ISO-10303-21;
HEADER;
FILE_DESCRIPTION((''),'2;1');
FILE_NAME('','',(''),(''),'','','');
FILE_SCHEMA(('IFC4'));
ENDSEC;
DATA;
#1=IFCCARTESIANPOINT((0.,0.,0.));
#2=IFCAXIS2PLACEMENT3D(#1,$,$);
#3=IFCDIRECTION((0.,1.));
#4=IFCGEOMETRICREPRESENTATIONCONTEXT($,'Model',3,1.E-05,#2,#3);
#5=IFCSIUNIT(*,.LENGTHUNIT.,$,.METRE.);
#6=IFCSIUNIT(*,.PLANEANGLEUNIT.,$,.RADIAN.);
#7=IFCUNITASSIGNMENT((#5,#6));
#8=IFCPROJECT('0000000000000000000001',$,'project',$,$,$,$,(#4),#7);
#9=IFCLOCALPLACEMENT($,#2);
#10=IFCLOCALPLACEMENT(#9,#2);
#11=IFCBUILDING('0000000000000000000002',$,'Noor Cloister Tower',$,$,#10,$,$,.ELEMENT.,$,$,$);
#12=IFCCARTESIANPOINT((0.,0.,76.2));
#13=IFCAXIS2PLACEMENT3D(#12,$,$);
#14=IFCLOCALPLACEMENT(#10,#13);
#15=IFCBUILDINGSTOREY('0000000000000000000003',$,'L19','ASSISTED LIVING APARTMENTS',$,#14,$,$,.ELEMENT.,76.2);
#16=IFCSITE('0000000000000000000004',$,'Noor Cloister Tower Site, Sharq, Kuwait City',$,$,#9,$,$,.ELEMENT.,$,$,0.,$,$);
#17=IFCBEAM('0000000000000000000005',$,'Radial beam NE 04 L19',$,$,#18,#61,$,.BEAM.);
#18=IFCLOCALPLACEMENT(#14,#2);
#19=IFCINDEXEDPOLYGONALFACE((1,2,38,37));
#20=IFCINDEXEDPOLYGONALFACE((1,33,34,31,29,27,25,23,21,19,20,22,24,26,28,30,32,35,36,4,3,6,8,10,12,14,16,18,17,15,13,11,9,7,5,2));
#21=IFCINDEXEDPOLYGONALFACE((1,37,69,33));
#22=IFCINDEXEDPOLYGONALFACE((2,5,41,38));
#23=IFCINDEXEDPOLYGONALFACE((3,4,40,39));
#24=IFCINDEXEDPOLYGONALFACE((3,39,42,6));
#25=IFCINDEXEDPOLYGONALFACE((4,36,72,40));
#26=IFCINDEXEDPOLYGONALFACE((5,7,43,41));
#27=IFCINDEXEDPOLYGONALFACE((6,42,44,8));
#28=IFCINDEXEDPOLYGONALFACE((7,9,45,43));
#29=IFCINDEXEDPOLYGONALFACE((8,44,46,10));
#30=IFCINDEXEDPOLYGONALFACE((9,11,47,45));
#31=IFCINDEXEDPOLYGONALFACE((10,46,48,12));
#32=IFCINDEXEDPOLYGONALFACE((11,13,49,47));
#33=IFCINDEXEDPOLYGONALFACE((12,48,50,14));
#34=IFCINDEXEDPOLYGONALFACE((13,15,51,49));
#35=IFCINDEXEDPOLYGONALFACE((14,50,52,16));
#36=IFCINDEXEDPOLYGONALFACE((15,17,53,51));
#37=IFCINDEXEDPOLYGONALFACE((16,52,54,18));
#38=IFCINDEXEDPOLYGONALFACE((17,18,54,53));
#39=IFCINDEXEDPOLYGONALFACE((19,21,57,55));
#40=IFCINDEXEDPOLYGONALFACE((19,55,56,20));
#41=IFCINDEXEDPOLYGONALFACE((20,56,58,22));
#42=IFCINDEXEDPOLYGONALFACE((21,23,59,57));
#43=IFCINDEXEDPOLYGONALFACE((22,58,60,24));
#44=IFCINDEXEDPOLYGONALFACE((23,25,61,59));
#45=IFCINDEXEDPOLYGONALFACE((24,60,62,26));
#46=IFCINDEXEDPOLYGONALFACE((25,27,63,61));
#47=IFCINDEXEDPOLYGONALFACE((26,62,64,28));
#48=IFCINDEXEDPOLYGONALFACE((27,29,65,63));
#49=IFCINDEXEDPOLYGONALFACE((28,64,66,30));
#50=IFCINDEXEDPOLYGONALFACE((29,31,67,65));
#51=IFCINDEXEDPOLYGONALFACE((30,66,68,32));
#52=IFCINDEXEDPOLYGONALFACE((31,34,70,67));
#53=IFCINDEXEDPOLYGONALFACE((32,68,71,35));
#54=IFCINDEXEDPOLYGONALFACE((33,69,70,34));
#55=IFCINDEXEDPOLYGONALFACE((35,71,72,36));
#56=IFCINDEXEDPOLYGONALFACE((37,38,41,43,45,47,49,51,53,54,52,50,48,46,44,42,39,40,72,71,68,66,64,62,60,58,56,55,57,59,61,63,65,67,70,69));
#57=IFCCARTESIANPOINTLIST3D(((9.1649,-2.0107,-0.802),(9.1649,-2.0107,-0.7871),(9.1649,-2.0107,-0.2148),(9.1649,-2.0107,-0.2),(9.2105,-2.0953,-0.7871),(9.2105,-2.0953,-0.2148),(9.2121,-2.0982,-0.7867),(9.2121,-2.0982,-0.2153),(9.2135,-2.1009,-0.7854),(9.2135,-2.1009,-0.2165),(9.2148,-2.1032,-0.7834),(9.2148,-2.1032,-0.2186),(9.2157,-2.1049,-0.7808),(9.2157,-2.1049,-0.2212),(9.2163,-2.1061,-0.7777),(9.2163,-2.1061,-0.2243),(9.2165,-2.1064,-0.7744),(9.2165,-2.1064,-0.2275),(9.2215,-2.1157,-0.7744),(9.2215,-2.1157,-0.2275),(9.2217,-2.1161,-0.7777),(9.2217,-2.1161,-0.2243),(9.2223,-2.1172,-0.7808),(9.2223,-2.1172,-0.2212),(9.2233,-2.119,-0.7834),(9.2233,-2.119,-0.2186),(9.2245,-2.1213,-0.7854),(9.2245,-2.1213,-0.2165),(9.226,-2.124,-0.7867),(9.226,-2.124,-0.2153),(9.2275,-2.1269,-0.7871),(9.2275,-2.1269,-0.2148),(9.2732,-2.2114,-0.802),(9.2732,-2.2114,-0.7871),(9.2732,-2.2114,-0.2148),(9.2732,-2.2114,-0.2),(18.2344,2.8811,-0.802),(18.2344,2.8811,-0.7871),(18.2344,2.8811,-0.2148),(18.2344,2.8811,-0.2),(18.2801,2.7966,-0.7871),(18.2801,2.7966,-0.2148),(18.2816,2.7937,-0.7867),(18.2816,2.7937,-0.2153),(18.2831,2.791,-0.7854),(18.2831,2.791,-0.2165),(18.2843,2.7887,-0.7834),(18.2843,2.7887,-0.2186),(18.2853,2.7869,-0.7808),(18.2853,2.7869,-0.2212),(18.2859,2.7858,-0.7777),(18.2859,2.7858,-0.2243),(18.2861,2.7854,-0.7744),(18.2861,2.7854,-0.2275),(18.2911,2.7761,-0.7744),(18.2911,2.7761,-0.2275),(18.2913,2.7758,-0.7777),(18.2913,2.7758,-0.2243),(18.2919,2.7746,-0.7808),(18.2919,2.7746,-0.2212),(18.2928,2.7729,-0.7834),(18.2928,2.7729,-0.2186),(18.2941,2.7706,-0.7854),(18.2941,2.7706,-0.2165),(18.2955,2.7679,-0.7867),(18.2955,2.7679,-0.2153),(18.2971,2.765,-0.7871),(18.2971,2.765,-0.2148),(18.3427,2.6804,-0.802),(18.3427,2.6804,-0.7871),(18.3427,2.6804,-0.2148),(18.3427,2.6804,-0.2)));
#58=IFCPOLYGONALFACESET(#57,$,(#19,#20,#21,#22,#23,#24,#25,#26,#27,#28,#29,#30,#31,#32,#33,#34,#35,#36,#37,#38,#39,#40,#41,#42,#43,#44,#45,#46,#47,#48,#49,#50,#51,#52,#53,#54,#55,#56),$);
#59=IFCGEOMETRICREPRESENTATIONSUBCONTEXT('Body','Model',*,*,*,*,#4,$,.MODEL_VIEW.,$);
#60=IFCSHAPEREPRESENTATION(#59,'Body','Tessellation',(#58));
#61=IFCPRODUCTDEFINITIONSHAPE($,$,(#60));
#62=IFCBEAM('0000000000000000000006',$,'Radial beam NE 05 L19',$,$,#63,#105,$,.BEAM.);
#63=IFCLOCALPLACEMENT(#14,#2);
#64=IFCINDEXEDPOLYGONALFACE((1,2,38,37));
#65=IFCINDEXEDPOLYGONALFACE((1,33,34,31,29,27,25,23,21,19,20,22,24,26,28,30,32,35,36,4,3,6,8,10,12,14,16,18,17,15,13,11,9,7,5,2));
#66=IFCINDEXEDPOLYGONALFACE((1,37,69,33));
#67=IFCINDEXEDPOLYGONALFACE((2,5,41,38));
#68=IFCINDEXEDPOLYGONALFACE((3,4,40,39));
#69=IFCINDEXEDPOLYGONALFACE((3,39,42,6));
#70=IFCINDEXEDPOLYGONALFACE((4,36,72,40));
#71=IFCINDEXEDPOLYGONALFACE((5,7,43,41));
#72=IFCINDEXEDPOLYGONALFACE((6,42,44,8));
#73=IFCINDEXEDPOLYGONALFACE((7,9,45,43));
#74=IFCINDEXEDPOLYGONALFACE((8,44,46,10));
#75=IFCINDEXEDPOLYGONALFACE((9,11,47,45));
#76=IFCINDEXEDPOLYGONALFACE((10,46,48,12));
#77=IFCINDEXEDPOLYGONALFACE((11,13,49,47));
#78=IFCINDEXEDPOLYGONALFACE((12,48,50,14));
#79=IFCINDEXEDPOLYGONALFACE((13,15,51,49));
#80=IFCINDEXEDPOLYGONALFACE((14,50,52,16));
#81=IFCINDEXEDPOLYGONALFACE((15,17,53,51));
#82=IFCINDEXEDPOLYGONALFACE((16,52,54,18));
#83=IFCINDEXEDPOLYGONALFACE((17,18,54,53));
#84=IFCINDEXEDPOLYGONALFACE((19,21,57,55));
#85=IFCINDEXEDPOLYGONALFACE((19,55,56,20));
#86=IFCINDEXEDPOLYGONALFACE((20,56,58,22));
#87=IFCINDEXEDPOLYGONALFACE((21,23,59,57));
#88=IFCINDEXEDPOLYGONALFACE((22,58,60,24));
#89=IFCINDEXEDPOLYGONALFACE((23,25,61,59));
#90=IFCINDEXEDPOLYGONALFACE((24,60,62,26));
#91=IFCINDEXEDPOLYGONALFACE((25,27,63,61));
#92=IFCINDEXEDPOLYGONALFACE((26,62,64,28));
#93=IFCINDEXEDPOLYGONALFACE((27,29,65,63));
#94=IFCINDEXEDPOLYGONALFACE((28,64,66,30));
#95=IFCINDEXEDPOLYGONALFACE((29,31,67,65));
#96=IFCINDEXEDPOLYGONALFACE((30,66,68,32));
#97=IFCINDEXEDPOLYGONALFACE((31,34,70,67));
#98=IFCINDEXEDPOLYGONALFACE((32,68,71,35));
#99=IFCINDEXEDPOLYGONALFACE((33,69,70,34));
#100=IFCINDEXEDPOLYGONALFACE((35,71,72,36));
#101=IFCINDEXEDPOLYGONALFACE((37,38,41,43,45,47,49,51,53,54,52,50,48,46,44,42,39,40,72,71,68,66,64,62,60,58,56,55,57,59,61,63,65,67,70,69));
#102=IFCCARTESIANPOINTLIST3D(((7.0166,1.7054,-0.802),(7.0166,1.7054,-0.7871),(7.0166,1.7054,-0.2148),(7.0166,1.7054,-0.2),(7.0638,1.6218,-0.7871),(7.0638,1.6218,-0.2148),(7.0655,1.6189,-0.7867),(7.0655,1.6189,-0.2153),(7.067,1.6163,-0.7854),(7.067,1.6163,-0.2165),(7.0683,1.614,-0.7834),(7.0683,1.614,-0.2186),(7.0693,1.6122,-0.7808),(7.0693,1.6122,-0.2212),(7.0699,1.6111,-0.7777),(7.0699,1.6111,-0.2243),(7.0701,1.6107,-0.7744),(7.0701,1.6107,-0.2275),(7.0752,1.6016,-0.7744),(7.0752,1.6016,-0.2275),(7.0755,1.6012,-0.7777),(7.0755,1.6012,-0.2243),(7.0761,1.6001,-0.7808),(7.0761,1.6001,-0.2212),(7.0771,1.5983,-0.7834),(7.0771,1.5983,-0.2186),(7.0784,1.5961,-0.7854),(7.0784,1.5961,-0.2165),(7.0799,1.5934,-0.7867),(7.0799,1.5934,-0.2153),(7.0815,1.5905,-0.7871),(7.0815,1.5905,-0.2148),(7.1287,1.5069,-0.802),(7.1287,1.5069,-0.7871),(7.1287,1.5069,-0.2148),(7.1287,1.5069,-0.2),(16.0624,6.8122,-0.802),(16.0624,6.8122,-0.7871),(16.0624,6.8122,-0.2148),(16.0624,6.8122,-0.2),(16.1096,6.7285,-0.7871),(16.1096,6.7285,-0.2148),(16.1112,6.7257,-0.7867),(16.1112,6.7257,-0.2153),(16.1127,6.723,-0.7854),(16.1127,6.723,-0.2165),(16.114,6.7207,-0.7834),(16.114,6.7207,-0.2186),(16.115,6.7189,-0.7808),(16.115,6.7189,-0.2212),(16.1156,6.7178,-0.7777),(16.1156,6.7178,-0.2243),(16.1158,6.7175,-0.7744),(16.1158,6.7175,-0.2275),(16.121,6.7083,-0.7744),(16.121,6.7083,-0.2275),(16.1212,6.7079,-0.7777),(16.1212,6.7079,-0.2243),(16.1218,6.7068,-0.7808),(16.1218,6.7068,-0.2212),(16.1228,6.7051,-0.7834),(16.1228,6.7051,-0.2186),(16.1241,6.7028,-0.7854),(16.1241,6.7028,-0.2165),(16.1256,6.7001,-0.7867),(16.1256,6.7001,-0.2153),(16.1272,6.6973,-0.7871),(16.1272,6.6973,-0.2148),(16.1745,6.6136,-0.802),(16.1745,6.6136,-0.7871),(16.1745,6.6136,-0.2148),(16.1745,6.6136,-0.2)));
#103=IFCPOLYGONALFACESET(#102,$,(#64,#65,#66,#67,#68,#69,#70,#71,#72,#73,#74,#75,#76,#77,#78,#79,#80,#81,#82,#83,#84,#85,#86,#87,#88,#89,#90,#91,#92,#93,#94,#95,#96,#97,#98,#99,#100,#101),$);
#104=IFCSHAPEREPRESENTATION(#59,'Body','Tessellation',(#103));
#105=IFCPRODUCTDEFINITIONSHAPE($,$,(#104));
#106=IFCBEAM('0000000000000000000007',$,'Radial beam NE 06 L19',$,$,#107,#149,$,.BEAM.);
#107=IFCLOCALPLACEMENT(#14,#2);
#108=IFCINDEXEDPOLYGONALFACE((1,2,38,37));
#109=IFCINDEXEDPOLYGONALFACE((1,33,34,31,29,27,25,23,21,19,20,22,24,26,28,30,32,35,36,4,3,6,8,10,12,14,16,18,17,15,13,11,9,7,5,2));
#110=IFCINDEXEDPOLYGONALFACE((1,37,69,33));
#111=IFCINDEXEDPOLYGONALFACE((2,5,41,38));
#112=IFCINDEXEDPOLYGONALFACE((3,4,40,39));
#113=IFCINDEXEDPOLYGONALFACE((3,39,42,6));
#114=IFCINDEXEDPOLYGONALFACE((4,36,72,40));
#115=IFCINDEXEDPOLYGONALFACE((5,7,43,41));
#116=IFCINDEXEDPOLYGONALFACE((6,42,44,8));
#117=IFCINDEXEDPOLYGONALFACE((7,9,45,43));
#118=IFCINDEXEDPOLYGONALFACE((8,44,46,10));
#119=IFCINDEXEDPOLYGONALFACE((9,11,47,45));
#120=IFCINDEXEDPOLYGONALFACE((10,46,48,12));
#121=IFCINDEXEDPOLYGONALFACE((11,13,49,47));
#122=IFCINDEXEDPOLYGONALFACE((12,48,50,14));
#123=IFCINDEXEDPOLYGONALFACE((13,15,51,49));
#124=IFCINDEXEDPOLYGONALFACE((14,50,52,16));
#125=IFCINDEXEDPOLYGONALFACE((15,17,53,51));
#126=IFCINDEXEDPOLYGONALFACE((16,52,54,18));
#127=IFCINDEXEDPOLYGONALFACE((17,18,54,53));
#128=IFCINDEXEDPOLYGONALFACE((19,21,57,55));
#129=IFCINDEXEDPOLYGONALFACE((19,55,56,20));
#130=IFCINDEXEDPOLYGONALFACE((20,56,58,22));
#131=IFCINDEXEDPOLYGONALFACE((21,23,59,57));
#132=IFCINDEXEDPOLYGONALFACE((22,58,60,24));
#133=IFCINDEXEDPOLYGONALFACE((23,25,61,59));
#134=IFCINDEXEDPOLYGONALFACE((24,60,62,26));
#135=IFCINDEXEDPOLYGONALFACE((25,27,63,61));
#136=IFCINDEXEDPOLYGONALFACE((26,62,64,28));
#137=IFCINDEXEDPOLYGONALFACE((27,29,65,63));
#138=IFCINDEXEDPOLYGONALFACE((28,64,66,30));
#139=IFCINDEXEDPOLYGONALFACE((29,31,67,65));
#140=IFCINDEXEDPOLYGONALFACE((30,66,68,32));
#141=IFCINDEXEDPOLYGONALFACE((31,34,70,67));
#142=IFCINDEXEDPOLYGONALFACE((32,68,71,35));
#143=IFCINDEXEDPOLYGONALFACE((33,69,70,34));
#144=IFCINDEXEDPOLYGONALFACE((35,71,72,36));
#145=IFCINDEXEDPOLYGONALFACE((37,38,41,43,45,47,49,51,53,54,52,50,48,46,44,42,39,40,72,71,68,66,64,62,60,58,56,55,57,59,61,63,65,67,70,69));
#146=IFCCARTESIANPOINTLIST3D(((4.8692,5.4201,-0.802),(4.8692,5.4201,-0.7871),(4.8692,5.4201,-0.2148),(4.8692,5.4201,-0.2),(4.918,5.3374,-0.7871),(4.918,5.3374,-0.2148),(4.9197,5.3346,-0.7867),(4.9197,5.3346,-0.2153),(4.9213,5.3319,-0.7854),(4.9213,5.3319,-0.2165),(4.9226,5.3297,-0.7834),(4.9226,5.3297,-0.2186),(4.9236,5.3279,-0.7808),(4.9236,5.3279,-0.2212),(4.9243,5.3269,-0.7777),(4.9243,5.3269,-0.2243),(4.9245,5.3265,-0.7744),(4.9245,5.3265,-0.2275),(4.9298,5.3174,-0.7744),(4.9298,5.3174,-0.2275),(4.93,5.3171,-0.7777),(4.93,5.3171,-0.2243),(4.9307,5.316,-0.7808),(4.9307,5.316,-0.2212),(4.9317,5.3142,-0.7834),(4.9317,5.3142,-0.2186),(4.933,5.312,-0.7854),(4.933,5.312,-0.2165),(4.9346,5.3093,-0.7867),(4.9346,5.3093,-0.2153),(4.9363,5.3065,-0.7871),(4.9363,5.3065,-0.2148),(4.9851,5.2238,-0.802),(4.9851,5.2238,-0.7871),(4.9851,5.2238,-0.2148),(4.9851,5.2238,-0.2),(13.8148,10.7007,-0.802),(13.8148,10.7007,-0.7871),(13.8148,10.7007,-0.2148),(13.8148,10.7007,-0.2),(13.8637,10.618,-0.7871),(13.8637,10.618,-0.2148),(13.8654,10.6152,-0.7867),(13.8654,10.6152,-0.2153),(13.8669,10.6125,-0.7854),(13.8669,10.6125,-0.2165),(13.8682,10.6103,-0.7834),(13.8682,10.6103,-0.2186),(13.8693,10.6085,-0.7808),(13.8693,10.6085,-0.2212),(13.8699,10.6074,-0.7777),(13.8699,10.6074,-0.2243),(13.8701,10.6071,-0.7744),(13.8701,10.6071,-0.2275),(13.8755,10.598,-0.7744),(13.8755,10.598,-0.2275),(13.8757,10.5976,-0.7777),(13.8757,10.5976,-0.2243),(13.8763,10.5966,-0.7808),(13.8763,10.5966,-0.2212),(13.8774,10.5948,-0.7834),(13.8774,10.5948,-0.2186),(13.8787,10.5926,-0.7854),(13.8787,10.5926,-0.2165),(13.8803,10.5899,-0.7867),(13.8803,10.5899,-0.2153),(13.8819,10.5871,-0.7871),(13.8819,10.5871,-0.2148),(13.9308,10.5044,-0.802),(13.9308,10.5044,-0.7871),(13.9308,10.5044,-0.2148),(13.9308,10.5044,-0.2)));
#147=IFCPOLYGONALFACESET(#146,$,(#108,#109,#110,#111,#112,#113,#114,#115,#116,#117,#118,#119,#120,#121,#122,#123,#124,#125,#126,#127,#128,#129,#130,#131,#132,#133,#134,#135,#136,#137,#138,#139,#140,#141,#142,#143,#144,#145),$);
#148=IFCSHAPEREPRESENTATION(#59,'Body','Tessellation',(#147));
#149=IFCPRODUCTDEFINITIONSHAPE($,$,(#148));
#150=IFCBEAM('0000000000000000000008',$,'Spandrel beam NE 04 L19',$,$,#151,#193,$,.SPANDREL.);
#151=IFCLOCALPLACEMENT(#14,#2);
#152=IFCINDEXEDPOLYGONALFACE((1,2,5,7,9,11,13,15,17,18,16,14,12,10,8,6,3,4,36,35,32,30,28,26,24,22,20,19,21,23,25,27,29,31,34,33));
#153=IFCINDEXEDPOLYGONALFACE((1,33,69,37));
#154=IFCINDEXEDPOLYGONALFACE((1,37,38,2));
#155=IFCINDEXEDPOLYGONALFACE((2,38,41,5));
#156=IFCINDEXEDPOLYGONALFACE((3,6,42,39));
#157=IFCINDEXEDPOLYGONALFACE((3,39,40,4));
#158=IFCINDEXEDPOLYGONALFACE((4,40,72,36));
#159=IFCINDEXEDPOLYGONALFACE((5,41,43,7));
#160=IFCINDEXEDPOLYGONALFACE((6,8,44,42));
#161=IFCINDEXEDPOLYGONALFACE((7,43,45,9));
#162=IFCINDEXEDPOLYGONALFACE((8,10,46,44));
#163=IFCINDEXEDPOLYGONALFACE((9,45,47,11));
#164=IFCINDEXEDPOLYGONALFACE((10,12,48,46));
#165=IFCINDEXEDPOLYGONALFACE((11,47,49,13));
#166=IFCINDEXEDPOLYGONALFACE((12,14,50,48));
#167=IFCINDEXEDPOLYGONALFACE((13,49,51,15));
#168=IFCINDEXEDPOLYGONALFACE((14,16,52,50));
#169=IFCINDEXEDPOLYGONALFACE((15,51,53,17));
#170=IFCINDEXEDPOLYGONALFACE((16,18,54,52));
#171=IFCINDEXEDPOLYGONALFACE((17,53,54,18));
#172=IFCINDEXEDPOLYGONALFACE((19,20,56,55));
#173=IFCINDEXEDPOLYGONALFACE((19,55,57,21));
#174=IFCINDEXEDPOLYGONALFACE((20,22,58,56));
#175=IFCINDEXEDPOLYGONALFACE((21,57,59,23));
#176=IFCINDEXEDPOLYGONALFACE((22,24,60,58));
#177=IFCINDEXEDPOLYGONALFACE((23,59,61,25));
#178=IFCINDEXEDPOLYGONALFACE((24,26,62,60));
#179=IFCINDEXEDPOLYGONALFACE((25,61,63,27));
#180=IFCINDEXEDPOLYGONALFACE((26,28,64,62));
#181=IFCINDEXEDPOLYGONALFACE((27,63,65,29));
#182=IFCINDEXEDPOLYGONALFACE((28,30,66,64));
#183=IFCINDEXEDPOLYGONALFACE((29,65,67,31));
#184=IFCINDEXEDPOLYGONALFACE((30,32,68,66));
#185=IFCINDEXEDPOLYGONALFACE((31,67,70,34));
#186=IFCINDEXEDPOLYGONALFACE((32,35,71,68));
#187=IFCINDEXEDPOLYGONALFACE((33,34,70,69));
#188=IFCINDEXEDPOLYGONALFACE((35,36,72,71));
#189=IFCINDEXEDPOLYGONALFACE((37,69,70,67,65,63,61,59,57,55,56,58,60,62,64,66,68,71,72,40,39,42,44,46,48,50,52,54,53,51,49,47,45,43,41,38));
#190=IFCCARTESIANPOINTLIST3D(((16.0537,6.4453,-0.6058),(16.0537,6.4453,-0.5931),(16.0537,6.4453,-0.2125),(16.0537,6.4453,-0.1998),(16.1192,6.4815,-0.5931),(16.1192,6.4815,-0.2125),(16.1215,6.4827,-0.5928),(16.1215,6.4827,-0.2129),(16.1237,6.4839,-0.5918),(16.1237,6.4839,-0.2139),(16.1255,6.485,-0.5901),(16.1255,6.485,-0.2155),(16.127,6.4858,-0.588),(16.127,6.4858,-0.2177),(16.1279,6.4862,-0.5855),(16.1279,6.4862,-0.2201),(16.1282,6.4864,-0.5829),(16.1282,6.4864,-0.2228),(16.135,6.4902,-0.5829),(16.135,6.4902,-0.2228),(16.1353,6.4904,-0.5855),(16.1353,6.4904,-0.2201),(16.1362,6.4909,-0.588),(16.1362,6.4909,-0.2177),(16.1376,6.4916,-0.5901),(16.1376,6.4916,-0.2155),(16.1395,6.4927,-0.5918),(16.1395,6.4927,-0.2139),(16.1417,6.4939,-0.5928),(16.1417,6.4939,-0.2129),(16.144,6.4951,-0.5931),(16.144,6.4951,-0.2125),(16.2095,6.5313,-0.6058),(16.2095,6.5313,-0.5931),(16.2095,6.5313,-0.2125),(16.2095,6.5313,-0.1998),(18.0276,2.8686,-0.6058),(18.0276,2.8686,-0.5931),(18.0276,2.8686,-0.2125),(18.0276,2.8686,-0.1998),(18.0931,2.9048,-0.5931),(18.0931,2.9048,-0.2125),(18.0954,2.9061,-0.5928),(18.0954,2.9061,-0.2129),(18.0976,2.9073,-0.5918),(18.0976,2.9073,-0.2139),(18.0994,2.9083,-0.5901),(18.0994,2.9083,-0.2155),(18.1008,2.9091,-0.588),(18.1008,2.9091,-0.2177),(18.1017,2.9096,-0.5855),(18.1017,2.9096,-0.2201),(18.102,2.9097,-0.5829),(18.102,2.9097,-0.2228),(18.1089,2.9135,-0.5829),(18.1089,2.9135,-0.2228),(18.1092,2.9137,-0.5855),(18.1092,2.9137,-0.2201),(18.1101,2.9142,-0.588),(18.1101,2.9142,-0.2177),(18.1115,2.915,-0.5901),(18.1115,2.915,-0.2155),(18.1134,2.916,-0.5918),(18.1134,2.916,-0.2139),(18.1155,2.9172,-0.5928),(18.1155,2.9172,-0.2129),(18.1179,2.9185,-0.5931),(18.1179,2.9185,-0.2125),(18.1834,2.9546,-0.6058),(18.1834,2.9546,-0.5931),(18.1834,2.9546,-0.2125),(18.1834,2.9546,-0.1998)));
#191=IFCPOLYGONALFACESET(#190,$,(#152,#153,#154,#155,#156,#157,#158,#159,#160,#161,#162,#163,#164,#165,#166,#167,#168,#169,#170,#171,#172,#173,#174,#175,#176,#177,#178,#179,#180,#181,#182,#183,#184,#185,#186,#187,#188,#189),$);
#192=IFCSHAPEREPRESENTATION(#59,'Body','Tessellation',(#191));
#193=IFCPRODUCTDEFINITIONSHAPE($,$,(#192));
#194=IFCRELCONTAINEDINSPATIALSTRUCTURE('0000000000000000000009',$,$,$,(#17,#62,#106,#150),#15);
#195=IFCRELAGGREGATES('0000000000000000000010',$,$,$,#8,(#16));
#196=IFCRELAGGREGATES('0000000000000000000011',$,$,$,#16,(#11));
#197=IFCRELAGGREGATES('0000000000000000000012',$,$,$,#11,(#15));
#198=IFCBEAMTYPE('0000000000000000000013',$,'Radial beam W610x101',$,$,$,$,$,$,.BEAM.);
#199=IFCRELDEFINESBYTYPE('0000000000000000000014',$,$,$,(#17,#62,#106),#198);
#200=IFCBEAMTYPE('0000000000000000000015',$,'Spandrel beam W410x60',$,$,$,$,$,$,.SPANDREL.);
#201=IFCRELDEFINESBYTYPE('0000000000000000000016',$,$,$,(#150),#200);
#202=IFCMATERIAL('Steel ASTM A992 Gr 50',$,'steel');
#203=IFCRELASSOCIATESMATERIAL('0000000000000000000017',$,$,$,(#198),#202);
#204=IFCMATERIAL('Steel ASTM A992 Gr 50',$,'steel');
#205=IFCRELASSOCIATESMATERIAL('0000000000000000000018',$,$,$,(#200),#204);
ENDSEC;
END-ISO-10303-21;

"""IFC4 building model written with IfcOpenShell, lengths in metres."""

from ifc_helpers import new_model, si_unit, direction, frame, origin, origin_2d, place, context, subcontext, project, spatial, i_section, extrude, material, material_profile, profile_set, type_object, element, save


model = new_model("IFC4")

# Units and contexts
model_context = context("Model", 3, precision=1e-05, world=origin(), true_north=direction((0.0, 1.0)))
body_context = subcontext(model_context, "Body", "Model", "MODEL_VIEW")
ifc_project = project(units=[si_unit("LENGTHUNIT", "METRE"), si_unit("PLANEANGLEUNIT", "RADIAN")], contexts=[model_context])

# Site, building, storey
site_placement = place(None, origin())
site = spatial("IfcSite", under=ifc_project, at=site_placement, Name="Noor Cloister Tower Site, Sharq, Kuwait City", CompositionType="ELEMENT", RefElevation=0.0)
building_placement = place(site_placement, origin())
building = spatial("IfcBuilding", under=site, at=building_placement, Name="Noor Cloister Tower", CompositionType="ELEMENT")
storey_placement = place(building_placement, frame((0.0, 0.0, 76.2)))
storey = spatial("IfcBuildingStorey", under=building, at=storey_placement, Name="L19", Description="ASSISTED LIVING APARTMENTS", CompositionType="ELEMENT", Elevation=76.2)

# Beams
ifc_material_1 = material(Name="Steel ASTM A992 Gr 50", Category="steel")
ifc_material_profile_1 = material_profile(ifc_material_1, i_section(OverallWidth=0.228, OverallDepth=0.6021, WebThickness=0.0105, FlangeThickness=0.0149, FilletRadius=0.0127, at=origin_2d()), Name="W610x101")
ifc_profile_set_1 = profile_set([ifc_material_profile_1], Name="Steel ASTM A992 Gr 50")
beam_type_1 = type_object("IfcBeamType", Name="Radial beam W610x101", PredefinedType="BEAM", material=ifc_profile_set_1)
beam_1_placement = place(storey_placement, frame((18.2886, 2.7808, -0.501), z_axis=(-0.880138, -0.474719, 0.0), x_axis=(0.474719, -0.880138, 0.0)))
element("IfcBeam", 1, at=beam_1_placement, inside=storey, type_object=beam_type_1, Name="Radial beam NE 04 L19", PredefinedType="BEAM", context=body_context, shape_type="SweptSolid", body=[
    extrude(i_section(OverallWidth=0.228, OverallDepth=0.6021, WebThickness=0.0105, FlangeThickness=0.0149, FilletRadius=0.0127, at=origin_2d()), origin(), (0.0, 0.0, 1.0), 10.3047),
])
beam_2_placement = place(storey_placement, frame((16.1184, 6.7129, -0.501), z_axis=(-0.870813, -0.491614, 0.0), x_axis=(0.491614, -0.870813, 0.0)))
element("IfcBeam", 2, at=beam_2_placement, inside=storey, type_object=beam_type_1, Name="Radial beam NE 05 L19", PredefinedType="BEAM", context=body_context, shape_type="SweptSolid", body=[
    extrude(i_section(OverallWidth=0.228, OverallDepth=0.6021, WebThickness=0.0105, FlangeThickness=0.0149, FilletRadius=0.0127, at=origin_2d()), origin(), (0.0, 0.0, 1.0), 10.3877),
])
beam_3_placement = place(storey_placement, frame((13.8728, 10.6025, -0.501), z_axis=(-0.861158, -0.508337, 0.0), x_axis=(0.508337, -0.861158, 0.0)))
element("IfcBeam", 3, at=beam_3_placement, inside=storey, type_object=beam_type_1, Name="Radial beam NE 06 L19", PredefinedType="BEAM", context=body_context, shape_type="SweptSolid", body=[
    extrude(i_section(OverallWidth=0.228, OverallDepth=0.6021, WebThickness=0.0105, FlangeThickness=0.0149, FilletRadius=0.0127, at=origin_2d()), origin(), (0.0, 0.0, 1.0), 10.3879),
])
ifc_material_2 = material(Name="Steel ASTM A992 Gr 50", Category="steel")
ifc_material_profile_2 = material_profile(ifc_material_2, i_section(OverallWidth=0.178, OverallDepth=0.406, WebThickness=0.0078, FlangeThickness=0.0127, FilletRadius=0.0103, at=origin_2d()), Name="W410x60")
ifc_profile_set_2 = profile_set([ifc_material_profile_2], Name="Steel ASTM A992 Gr 50")
beam_type_2 = type_object("IfcBeamType", Name="Spandrel beam W410x60", PredefinedType="SPANDREL", material=ifc_profile_set_2)
beam_4_placement = place(storey_placement, frame((18.1055, 2.9116, -0.4028), z_axis=(-0.48318, 0.875521, 0.0), x_axis=(-0.875521, -0.48318, 0.0)))
element("IfcBeam", 4, at=beam_4_placement, inside=storey, type_object=beam_type_2, Name="Spandrel beam NE 04 L19", PredefinedType="SPANDREL", context=body_context, shape_type="SweptSolid", body=[
    extrude(i_section(OverallWidth=0.178, OverallDepth=0.406, WebThickness=0.0078, FlangeThickness=0.0127, FilletRadius=0.0103, at=origin_2d()), origin(), (0.0, 0.0, 1.0), 4.0852),
])

save(model, "model.ifc")
